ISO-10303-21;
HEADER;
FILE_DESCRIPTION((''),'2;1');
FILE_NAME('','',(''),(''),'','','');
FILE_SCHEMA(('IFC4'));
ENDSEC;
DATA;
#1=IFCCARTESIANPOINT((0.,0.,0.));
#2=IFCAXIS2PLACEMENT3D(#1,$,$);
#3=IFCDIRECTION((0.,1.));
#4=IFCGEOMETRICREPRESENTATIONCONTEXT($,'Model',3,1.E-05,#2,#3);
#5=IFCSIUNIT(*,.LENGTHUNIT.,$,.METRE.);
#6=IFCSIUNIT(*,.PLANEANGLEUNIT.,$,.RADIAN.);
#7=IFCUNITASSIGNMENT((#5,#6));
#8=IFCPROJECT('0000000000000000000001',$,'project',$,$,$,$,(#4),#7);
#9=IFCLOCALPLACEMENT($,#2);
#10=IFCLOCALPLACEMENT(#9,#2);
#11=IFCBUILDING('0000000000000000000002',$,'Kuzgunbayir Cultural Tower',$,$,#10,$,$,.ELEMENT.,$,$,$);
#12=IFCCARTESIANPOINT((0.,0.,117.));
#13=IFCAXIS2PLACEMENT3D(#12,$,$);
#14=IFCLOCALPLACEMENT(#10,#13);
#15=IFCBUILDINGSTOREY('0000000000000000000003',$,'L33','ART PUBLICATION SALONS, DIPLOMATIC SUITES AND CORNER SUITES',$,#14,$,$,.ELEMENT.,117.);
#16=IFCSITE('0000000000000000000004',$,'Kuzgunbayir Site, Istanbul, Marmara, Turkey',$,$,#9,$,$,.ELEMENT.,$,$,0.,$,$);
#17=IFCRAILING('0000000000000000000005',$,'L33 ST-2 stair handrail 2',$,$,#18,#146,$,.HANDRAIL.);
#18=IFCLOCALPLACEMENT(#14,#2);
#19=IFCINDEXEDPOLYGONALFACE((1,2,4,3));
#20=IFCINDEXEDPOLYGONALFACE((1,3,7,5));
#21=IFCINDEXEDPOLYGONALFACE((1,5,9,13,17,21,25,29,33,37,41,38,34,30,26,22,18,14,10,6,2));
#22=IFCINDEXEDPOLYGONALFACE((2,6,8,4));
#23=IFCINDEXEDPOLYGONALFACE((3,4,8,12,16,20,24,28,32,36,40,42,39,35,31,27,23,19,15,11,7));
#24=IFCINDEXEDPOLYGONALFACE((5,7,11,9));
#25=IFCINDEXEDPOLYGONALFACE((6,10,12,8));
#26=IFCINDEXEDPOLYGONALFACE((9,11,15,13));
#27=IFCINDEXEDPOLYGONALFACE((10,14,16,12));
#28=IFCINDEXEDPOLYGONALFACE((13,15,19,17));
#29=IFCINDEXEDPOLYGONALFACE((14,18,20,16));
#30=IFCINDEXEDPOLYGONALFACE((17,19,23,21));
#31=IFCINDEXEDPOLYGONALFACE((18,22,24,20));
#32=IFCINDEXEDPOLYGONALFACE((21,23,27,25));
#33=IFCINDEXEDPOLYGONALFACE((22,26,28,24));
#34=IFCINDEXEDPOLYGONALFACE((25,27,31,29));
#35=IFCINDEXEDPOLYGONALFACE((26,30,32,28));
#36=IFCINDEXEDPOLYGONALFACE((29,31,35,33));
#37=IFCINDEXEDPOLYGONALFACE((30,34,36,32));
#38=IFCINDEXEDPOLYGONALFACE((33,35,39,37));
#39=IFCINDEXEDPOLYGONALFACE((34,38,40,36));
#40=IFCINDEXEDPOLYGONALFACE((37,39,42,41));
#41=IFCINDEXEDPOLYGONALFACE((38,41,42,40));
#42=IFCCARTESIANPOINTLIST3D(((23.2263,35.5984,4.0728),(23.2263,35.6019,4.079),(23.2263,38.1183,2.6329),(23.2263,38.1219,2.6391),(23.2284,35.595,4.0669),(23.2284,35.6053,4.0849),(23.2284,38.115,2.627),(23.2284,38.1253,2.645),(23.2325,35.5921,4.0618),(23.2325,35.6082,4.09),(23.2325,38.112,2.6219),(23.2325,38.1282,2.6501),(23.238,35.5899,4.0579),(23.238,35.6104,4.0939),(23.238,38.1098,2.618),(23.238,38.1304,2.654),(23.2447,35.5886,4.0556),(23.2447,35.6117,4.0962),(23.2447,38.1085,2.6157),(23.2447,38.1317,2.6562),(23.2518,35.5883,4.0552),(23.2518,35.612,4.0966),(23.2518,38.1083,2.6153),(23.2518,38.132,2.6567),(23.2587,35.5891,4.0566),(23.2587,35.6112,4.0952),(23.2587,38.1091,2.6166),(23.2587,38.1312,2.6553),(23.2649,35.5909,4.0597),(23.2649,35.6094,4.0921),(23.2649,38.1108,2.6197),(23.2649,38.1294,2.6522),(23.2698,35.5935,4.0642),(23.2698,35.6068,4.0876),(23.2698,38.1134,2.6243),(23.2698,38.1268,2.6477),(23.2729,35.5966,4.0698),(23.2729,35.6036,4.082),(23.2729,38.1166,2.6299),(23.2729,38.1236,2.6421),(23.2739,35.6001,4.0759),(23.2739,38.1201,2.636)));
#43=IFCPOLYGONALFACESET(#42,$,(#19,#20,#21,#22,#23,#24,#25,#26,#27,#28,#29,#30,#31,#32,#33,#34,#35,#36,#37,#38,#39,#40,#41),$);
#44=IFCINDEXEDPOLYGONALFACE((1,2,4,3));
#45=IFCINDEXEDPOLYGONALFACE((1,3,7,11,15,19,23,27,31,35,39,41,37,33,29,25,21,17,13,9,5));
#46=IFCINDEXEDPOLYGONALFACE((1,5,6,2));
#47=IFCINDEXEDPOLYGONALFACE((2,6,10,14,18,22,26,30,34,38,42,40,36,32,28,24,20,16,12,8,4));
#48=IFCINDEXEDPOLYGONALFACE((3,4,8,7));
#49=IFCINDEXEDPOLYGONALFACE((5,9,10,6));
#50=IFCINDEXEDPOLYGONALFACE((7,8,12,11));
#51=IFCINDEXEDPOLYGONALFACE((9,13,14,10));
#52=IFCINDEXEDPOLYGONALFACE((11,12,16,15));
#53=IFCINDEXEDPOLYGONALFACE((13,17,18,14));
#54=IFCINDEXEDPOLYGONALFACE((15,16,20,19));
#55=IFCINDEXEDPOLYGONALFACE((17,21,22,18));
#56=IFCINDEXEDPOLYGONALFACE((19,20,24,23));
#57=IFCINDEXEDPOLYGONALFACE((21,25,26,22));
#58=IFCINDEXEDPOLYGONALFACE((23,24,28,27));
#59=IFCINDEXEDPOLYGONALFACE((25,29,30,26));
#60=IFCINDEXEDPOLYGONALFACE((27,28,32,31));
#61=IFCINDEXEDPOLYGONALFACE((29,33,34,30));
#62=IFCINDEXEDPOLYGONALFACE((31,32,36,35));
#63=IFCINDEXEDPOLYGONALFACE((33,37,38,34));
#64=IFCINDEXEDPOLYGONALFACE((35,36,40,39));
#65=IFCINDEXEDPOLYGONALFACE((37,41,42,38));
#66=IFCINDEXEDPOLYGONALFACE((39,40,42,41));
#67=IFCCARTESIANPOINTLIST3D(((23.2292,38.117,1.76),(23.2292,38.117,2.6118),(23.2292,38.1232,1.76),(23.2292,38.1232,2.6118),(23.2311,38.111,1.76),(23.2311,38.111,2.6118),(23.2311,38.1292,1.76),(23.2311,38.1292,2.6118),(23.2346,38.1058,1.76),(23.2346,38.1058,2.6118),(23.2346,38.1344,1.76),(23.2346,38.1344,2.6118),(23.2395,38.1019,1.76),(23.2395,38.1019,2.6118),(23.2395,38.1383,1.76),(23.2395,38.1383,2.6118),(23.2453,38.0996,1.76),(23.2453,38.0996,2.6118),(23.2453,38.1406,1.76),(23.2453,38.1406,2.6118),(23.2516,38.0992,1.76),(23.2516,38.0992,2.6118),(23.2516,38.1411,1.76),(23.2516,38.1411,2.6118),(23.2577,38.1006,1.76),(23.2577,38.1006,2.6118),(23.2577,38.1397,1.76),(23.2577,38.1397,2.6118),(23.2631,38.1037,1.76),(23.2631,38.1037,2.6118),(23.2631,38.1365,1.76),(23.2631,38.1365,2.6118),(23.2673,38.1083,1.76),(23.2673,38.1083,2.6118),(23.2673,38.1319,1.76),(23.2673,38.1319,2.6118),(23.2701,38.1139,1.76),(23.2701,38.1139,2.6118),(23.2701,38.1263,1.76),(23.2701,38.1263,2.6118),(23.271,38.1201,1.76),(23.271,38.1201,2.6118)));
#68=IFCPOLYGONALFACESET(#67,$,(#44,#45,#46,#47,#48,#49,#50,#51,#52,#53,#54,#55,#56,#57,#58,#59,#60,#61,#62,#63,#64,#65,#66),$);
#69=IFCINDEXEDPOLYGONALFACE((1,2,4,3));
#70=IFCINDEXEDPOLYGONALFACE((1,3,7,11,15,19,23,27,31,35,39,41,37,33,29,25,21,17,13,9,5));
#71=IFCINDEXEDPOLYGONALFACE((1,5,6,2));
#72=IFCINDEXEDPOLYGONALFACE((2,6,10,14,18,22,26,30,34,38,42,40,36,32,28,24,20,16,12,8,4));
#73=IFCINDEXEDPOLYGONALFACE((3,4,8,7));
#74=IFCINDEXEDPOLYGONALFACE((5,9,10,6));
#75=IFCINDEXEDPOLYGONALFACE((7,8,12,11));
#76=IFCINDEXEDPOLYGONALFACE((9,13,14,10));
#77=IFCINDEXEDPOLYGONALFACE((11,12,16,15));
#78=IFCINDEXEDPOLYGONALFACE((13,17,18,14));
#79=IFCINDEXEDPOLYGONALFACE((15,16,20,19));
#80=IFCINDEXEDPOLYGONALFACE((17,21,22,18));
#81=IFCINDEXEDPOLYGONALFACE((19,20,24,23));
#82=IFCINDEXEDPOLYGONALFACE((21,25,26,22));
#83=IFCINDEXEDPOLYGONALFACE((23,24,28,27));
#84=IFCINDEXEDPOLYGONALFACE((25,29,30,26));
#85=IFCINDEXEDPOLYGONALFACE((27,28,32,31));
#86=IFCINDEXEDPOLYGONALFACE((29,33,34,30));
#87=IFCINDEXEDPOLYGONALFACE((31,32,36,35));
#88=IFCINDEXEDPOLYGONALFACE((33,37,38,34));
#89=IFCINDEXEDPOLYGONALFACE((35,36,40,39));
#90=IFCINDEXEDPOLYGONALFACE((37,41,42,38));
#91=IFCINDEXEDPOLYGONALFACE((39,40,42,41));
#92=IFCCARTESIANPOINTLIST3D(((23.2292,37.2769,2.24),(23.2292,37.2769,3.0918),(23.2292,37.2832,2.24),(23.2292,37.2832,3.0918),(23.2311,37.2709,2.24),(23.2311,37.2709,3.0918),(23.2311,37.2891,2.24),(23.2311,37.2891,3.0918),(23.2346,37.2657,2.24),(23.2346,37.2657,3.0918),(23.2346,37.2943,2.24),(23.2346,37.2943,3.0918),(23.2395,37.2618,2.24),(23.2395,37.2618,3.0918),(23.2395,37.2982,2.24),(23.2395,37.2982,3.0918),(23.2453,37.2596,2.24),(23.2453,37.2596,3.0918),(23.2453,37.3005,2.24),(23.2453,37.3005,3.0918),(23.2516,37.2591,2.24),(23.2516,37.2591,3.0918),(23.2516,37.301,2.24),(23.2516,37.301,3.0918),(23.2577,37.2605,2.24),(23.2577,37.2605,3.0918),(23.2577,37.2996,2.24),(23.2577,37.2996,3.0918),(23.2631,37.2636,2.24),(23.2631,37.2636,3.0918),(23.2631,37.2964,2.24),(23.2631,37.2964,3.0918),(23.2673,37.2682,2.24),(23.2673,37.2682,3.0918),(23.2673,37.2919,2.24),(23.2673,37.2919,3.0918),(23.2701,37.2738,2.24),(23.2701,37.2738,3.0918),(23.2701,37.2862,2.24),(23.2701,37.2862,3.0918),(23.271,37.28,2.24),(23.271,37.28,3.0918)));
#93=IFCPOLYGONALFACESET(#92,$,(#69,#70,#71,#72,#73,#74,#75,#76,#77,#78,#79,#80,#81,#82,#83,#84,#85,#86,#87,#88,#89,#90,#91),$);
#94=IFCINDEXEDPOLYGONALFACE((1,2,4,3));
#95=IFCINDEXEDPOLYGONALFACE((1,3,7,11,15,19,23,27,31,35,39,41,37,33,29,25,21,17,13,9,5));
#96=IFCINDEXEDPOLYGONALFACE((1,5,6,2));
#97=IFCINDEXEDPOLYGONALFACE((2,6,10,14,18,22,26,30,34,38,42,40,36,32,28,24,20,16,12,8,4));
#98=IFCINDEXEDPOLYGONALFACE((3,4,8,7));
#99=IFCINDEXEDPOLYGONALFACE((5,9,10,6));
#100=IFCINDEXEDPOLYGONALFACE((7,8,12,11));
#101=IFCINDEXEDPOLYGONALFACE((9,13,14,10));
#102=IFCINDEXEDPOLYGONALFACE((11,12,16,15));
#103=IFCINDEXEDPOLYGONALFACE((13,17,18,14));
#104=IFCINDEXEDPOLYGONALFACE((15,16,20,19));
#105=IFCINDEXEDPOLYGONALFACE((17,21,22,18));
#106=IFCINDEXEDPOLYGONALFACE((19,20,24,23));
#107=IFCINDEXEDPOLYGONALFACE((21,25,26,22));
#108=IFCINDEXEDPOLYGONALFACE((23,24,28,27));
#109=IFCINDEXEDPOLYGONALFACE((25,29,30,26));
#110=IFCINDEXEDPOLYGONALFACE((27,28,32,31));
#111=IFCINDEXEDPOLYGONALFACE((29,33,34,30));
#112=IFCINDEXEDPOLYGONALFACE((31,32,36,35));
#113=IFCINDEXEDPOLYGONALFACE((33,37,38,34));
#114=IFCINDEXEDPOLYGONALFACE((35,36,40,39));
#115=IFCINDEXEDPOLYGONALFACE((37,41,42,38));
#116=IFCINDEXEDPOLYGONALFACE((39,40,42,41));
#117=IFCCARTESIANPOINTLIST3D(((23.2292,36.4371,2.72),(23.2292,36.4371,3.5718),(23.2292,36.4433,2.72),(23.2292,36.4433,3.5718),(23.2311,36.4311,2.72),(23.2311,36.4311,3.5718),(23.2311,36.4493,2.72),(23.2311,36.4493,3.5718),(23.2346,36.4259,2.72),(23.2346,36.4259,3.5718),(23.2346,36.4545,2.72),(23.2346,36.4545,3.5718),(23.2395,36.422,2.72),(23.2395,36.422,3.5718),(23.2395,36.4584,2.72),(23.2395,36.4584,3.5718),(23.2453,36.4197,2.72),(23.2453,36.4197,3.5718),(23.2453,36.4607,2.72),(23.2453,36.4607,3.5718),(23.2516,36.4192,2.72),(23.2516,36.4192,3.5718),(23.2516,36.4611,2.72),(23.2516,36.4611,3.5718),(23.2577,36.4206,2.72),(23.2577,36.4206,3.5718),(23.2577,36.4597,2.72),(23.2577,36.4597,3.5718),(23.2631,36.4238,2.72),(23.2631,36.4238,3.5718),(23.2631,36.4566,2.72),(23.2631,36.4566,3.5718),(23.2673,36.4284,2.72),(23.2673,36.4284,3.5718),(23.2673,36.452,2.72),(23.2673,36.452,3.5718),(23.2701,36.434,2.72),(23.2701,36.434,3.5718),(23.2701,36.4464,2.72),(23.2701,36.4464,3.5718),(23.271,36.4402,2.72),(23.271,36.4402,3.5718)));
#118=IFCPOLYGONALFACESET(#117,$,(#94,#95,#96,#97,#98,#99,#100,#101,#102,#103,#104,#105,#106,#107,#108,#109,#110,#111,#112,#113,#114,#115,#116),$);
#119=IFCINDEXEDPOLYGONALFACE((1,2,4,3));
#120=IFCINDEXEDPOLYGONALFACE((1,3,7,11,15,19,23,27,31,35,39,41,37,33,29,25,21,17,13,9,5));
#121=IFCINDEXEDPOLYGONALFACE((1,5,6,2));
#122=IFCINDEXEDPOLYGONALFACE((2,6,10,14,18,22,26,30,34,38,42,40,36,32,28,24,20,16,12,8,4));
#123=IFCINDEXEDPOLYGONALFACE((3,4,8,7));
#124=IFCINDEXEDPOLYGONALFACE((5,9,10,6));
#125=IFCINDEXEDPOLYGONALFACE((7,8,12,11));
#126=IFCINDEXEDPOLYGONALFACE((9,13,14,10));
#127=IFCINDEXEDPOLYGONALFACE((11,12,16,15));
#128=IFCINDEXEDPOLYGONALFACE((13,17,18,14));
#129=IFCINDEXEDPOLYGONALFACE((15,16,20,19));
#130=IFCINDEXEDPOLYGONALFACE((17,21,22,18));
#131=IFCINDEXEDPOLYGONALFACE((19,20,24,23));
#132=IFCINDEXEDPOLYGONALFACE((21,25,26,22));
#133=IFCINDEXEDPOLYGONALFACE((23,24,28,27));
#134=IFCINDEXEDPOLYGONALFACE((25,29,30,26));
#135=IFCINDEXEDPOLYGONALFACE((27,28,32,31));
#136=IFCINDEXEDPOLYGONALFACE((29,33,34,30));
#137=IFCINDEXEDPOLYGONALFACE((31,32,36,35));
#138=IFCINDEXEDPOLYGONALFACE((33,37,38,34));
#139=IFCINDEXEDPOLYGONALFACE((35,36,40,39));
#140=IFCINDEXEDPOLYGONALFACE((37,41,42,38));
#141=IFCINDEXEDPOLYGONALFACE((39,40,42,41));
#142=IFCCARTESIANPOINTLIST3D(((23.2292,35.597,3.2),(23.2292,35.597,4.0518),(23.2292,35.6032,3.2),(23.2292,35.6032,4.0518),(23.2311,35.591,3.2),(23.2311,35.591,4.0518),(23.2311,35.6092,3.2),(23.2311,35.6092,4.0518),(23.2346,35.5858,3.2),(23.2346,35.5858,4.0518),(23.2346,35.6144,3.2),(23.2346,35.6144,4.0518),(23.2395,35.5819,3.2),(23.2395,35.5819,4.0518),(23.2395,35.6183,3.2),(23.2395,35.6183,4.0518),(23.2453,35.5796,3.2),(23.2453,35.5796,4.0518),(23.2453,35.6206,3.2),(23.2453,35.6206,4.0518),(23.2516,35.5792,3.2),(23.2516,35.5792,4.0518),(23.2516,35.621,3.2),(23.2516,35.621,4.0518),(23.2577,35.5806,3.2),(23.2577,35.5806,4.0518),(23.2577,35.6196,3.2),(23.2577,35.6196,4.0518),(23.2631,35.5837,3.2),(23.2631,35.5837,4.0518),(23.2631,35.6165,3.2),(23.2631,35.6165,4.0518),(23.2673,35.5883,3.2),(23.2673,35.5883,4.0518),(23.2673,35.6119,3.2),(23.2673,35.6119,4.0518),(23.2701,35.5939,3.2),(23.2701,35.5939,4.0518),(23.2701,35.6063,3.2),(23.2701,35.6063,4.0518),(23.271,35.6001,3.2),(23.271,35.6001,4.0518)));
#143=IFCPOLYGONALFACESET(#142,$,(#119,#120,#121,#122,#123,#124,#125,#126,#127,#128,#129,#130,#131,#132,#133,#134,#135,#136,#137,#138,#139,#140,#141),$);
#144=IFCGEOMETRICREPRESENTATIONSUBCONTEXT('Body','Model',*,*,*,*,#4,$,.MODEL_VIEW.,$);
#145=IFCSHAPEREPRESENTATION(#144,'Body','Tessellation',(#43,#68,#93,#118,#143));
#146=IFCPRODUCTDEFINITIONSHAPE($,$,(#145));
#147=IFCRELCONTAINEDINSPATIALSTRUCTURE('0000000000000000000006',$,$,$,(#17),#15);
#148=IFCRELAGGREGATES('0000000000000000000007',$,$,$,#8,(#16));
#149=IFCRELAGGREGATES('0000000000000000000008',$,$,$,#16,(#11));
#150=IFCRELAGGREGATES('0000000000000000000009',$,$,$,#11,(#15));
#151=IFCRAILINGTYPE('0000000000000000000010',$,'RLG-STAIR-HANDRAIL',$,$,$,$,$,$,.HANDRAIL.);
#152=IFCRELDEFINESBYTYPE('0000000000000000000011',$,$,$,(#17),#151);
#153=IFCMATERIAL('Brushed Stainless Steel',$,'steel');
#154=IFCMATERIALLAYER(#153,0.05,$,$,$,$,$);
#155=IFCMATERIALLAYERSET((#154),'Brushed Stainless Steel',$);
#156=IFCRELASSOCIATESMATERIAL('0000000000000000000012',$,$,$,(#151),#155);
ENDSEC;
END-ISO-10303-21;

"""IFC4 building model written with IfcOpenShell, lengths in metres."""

from ifc_helpers import new_model, si_unit, direction, frame, origin, origin_2d, place, context, subcontext, project, spatial, circle, extrude, material, layer, layer_set, type_object, element, save


model = new_model("IFC4")

# Units and contexts
model_context = context("Model", 3, precision=1e-05, world=origin(), true_north=direction((0.0, 1.0)))
body_context = subcontext(model_context, "Body", "Model", "MODEL_VIEW")
ifc_project = project(units=[si_unit("LENGTHUNIT", "METRE"), si_unit("PLANEANGLEUNIT", "RADIAN")], contexts=[model_context])

# Site, building, storey
site_placement = place(None, origin())
site = spatial("IfcSite", under=ifc_project, at=site_placement, Name="Kuzgunbayir Site, Istanbul, Marmara, Turkey", CompositionType="ELEMENT", RefElevation=0.0)
building_placement = place(site_placement, origin())
building = spatial("IfcBuilding", under=site, at=building_placement, Name="Kuzgunbayir Cultural Tower", CompositionType="ELEMENT")
storey_placement = place(building_placement, frame((0.0, 0.0, 117.0)))
storey = spatial("IfcBuildingStorey", under=building, at=storey_placement, Name="L33", Description="ART PUBLICATION SALONS, DIPLOMATIC SUITES AND CORNER SUITES", CompositionType="ELEMENT", Elevation=117.0)

# Shared definitions
ifc_material_1 = material(Name="Brushed Stainless Steel", Category="steel")

# Railing
ifc_layer_1 = layer(ifc_material_1, 0.05)
ifc_layer_set_1 = layer_set([ifc_layer_1], Name="Brushed Stainless Steel")
railing_type_1 = type_object("IfcRailingType", Name="RLG-STAIR-HANDRAIL", PredefinedType="HANDRAIL", material=ifc_layer_set_1)
railing_1_placement = place(storey_placement, frame((23.25, 38.1201, 1.76)))
element("IfcRailing", 1, at=railing_1_placement, inside=storey, type_object=railing_type_1, Name="L33 ST-2 stair handrail 2", PredefinedType="HANDRAIL", context=body_context, shape_type="SweptSolid", body=[
    extrude(circle(Radius=0.0239, at=origin_2d()), frame((0.0, 0.0, 0.876), z_axis=(0.0, -0.868253, 0.496121), x_axis=(1.0, 0.0, 0.0)), (0.0, 0.0, 1.0), 2.9023),
    extrude(circle(Radius=0.021, at=origin_2d()), origin(), (0.0, 0.0, 1.0), 0.8518),
    extrude(circle(Radius=0.021, at=origin_2d()), frame((0.0, -0.8401, 0.48)), (0.0, 0.0, 1.0), 0.8518),
    extrude(circle(Radius=0.021, at=origin_2d()), frame((0.0, -1.6799, 0.96)), (0.0, 0.0, 1.0), 0.8518),
    extrude(circle(Radius=0.021, at=origin_2d()), frame((0.0, -2.52, 1.4399)), (0.0, 0.0, 1.0), 0.8518),
])

save(model, "model.ifc")
